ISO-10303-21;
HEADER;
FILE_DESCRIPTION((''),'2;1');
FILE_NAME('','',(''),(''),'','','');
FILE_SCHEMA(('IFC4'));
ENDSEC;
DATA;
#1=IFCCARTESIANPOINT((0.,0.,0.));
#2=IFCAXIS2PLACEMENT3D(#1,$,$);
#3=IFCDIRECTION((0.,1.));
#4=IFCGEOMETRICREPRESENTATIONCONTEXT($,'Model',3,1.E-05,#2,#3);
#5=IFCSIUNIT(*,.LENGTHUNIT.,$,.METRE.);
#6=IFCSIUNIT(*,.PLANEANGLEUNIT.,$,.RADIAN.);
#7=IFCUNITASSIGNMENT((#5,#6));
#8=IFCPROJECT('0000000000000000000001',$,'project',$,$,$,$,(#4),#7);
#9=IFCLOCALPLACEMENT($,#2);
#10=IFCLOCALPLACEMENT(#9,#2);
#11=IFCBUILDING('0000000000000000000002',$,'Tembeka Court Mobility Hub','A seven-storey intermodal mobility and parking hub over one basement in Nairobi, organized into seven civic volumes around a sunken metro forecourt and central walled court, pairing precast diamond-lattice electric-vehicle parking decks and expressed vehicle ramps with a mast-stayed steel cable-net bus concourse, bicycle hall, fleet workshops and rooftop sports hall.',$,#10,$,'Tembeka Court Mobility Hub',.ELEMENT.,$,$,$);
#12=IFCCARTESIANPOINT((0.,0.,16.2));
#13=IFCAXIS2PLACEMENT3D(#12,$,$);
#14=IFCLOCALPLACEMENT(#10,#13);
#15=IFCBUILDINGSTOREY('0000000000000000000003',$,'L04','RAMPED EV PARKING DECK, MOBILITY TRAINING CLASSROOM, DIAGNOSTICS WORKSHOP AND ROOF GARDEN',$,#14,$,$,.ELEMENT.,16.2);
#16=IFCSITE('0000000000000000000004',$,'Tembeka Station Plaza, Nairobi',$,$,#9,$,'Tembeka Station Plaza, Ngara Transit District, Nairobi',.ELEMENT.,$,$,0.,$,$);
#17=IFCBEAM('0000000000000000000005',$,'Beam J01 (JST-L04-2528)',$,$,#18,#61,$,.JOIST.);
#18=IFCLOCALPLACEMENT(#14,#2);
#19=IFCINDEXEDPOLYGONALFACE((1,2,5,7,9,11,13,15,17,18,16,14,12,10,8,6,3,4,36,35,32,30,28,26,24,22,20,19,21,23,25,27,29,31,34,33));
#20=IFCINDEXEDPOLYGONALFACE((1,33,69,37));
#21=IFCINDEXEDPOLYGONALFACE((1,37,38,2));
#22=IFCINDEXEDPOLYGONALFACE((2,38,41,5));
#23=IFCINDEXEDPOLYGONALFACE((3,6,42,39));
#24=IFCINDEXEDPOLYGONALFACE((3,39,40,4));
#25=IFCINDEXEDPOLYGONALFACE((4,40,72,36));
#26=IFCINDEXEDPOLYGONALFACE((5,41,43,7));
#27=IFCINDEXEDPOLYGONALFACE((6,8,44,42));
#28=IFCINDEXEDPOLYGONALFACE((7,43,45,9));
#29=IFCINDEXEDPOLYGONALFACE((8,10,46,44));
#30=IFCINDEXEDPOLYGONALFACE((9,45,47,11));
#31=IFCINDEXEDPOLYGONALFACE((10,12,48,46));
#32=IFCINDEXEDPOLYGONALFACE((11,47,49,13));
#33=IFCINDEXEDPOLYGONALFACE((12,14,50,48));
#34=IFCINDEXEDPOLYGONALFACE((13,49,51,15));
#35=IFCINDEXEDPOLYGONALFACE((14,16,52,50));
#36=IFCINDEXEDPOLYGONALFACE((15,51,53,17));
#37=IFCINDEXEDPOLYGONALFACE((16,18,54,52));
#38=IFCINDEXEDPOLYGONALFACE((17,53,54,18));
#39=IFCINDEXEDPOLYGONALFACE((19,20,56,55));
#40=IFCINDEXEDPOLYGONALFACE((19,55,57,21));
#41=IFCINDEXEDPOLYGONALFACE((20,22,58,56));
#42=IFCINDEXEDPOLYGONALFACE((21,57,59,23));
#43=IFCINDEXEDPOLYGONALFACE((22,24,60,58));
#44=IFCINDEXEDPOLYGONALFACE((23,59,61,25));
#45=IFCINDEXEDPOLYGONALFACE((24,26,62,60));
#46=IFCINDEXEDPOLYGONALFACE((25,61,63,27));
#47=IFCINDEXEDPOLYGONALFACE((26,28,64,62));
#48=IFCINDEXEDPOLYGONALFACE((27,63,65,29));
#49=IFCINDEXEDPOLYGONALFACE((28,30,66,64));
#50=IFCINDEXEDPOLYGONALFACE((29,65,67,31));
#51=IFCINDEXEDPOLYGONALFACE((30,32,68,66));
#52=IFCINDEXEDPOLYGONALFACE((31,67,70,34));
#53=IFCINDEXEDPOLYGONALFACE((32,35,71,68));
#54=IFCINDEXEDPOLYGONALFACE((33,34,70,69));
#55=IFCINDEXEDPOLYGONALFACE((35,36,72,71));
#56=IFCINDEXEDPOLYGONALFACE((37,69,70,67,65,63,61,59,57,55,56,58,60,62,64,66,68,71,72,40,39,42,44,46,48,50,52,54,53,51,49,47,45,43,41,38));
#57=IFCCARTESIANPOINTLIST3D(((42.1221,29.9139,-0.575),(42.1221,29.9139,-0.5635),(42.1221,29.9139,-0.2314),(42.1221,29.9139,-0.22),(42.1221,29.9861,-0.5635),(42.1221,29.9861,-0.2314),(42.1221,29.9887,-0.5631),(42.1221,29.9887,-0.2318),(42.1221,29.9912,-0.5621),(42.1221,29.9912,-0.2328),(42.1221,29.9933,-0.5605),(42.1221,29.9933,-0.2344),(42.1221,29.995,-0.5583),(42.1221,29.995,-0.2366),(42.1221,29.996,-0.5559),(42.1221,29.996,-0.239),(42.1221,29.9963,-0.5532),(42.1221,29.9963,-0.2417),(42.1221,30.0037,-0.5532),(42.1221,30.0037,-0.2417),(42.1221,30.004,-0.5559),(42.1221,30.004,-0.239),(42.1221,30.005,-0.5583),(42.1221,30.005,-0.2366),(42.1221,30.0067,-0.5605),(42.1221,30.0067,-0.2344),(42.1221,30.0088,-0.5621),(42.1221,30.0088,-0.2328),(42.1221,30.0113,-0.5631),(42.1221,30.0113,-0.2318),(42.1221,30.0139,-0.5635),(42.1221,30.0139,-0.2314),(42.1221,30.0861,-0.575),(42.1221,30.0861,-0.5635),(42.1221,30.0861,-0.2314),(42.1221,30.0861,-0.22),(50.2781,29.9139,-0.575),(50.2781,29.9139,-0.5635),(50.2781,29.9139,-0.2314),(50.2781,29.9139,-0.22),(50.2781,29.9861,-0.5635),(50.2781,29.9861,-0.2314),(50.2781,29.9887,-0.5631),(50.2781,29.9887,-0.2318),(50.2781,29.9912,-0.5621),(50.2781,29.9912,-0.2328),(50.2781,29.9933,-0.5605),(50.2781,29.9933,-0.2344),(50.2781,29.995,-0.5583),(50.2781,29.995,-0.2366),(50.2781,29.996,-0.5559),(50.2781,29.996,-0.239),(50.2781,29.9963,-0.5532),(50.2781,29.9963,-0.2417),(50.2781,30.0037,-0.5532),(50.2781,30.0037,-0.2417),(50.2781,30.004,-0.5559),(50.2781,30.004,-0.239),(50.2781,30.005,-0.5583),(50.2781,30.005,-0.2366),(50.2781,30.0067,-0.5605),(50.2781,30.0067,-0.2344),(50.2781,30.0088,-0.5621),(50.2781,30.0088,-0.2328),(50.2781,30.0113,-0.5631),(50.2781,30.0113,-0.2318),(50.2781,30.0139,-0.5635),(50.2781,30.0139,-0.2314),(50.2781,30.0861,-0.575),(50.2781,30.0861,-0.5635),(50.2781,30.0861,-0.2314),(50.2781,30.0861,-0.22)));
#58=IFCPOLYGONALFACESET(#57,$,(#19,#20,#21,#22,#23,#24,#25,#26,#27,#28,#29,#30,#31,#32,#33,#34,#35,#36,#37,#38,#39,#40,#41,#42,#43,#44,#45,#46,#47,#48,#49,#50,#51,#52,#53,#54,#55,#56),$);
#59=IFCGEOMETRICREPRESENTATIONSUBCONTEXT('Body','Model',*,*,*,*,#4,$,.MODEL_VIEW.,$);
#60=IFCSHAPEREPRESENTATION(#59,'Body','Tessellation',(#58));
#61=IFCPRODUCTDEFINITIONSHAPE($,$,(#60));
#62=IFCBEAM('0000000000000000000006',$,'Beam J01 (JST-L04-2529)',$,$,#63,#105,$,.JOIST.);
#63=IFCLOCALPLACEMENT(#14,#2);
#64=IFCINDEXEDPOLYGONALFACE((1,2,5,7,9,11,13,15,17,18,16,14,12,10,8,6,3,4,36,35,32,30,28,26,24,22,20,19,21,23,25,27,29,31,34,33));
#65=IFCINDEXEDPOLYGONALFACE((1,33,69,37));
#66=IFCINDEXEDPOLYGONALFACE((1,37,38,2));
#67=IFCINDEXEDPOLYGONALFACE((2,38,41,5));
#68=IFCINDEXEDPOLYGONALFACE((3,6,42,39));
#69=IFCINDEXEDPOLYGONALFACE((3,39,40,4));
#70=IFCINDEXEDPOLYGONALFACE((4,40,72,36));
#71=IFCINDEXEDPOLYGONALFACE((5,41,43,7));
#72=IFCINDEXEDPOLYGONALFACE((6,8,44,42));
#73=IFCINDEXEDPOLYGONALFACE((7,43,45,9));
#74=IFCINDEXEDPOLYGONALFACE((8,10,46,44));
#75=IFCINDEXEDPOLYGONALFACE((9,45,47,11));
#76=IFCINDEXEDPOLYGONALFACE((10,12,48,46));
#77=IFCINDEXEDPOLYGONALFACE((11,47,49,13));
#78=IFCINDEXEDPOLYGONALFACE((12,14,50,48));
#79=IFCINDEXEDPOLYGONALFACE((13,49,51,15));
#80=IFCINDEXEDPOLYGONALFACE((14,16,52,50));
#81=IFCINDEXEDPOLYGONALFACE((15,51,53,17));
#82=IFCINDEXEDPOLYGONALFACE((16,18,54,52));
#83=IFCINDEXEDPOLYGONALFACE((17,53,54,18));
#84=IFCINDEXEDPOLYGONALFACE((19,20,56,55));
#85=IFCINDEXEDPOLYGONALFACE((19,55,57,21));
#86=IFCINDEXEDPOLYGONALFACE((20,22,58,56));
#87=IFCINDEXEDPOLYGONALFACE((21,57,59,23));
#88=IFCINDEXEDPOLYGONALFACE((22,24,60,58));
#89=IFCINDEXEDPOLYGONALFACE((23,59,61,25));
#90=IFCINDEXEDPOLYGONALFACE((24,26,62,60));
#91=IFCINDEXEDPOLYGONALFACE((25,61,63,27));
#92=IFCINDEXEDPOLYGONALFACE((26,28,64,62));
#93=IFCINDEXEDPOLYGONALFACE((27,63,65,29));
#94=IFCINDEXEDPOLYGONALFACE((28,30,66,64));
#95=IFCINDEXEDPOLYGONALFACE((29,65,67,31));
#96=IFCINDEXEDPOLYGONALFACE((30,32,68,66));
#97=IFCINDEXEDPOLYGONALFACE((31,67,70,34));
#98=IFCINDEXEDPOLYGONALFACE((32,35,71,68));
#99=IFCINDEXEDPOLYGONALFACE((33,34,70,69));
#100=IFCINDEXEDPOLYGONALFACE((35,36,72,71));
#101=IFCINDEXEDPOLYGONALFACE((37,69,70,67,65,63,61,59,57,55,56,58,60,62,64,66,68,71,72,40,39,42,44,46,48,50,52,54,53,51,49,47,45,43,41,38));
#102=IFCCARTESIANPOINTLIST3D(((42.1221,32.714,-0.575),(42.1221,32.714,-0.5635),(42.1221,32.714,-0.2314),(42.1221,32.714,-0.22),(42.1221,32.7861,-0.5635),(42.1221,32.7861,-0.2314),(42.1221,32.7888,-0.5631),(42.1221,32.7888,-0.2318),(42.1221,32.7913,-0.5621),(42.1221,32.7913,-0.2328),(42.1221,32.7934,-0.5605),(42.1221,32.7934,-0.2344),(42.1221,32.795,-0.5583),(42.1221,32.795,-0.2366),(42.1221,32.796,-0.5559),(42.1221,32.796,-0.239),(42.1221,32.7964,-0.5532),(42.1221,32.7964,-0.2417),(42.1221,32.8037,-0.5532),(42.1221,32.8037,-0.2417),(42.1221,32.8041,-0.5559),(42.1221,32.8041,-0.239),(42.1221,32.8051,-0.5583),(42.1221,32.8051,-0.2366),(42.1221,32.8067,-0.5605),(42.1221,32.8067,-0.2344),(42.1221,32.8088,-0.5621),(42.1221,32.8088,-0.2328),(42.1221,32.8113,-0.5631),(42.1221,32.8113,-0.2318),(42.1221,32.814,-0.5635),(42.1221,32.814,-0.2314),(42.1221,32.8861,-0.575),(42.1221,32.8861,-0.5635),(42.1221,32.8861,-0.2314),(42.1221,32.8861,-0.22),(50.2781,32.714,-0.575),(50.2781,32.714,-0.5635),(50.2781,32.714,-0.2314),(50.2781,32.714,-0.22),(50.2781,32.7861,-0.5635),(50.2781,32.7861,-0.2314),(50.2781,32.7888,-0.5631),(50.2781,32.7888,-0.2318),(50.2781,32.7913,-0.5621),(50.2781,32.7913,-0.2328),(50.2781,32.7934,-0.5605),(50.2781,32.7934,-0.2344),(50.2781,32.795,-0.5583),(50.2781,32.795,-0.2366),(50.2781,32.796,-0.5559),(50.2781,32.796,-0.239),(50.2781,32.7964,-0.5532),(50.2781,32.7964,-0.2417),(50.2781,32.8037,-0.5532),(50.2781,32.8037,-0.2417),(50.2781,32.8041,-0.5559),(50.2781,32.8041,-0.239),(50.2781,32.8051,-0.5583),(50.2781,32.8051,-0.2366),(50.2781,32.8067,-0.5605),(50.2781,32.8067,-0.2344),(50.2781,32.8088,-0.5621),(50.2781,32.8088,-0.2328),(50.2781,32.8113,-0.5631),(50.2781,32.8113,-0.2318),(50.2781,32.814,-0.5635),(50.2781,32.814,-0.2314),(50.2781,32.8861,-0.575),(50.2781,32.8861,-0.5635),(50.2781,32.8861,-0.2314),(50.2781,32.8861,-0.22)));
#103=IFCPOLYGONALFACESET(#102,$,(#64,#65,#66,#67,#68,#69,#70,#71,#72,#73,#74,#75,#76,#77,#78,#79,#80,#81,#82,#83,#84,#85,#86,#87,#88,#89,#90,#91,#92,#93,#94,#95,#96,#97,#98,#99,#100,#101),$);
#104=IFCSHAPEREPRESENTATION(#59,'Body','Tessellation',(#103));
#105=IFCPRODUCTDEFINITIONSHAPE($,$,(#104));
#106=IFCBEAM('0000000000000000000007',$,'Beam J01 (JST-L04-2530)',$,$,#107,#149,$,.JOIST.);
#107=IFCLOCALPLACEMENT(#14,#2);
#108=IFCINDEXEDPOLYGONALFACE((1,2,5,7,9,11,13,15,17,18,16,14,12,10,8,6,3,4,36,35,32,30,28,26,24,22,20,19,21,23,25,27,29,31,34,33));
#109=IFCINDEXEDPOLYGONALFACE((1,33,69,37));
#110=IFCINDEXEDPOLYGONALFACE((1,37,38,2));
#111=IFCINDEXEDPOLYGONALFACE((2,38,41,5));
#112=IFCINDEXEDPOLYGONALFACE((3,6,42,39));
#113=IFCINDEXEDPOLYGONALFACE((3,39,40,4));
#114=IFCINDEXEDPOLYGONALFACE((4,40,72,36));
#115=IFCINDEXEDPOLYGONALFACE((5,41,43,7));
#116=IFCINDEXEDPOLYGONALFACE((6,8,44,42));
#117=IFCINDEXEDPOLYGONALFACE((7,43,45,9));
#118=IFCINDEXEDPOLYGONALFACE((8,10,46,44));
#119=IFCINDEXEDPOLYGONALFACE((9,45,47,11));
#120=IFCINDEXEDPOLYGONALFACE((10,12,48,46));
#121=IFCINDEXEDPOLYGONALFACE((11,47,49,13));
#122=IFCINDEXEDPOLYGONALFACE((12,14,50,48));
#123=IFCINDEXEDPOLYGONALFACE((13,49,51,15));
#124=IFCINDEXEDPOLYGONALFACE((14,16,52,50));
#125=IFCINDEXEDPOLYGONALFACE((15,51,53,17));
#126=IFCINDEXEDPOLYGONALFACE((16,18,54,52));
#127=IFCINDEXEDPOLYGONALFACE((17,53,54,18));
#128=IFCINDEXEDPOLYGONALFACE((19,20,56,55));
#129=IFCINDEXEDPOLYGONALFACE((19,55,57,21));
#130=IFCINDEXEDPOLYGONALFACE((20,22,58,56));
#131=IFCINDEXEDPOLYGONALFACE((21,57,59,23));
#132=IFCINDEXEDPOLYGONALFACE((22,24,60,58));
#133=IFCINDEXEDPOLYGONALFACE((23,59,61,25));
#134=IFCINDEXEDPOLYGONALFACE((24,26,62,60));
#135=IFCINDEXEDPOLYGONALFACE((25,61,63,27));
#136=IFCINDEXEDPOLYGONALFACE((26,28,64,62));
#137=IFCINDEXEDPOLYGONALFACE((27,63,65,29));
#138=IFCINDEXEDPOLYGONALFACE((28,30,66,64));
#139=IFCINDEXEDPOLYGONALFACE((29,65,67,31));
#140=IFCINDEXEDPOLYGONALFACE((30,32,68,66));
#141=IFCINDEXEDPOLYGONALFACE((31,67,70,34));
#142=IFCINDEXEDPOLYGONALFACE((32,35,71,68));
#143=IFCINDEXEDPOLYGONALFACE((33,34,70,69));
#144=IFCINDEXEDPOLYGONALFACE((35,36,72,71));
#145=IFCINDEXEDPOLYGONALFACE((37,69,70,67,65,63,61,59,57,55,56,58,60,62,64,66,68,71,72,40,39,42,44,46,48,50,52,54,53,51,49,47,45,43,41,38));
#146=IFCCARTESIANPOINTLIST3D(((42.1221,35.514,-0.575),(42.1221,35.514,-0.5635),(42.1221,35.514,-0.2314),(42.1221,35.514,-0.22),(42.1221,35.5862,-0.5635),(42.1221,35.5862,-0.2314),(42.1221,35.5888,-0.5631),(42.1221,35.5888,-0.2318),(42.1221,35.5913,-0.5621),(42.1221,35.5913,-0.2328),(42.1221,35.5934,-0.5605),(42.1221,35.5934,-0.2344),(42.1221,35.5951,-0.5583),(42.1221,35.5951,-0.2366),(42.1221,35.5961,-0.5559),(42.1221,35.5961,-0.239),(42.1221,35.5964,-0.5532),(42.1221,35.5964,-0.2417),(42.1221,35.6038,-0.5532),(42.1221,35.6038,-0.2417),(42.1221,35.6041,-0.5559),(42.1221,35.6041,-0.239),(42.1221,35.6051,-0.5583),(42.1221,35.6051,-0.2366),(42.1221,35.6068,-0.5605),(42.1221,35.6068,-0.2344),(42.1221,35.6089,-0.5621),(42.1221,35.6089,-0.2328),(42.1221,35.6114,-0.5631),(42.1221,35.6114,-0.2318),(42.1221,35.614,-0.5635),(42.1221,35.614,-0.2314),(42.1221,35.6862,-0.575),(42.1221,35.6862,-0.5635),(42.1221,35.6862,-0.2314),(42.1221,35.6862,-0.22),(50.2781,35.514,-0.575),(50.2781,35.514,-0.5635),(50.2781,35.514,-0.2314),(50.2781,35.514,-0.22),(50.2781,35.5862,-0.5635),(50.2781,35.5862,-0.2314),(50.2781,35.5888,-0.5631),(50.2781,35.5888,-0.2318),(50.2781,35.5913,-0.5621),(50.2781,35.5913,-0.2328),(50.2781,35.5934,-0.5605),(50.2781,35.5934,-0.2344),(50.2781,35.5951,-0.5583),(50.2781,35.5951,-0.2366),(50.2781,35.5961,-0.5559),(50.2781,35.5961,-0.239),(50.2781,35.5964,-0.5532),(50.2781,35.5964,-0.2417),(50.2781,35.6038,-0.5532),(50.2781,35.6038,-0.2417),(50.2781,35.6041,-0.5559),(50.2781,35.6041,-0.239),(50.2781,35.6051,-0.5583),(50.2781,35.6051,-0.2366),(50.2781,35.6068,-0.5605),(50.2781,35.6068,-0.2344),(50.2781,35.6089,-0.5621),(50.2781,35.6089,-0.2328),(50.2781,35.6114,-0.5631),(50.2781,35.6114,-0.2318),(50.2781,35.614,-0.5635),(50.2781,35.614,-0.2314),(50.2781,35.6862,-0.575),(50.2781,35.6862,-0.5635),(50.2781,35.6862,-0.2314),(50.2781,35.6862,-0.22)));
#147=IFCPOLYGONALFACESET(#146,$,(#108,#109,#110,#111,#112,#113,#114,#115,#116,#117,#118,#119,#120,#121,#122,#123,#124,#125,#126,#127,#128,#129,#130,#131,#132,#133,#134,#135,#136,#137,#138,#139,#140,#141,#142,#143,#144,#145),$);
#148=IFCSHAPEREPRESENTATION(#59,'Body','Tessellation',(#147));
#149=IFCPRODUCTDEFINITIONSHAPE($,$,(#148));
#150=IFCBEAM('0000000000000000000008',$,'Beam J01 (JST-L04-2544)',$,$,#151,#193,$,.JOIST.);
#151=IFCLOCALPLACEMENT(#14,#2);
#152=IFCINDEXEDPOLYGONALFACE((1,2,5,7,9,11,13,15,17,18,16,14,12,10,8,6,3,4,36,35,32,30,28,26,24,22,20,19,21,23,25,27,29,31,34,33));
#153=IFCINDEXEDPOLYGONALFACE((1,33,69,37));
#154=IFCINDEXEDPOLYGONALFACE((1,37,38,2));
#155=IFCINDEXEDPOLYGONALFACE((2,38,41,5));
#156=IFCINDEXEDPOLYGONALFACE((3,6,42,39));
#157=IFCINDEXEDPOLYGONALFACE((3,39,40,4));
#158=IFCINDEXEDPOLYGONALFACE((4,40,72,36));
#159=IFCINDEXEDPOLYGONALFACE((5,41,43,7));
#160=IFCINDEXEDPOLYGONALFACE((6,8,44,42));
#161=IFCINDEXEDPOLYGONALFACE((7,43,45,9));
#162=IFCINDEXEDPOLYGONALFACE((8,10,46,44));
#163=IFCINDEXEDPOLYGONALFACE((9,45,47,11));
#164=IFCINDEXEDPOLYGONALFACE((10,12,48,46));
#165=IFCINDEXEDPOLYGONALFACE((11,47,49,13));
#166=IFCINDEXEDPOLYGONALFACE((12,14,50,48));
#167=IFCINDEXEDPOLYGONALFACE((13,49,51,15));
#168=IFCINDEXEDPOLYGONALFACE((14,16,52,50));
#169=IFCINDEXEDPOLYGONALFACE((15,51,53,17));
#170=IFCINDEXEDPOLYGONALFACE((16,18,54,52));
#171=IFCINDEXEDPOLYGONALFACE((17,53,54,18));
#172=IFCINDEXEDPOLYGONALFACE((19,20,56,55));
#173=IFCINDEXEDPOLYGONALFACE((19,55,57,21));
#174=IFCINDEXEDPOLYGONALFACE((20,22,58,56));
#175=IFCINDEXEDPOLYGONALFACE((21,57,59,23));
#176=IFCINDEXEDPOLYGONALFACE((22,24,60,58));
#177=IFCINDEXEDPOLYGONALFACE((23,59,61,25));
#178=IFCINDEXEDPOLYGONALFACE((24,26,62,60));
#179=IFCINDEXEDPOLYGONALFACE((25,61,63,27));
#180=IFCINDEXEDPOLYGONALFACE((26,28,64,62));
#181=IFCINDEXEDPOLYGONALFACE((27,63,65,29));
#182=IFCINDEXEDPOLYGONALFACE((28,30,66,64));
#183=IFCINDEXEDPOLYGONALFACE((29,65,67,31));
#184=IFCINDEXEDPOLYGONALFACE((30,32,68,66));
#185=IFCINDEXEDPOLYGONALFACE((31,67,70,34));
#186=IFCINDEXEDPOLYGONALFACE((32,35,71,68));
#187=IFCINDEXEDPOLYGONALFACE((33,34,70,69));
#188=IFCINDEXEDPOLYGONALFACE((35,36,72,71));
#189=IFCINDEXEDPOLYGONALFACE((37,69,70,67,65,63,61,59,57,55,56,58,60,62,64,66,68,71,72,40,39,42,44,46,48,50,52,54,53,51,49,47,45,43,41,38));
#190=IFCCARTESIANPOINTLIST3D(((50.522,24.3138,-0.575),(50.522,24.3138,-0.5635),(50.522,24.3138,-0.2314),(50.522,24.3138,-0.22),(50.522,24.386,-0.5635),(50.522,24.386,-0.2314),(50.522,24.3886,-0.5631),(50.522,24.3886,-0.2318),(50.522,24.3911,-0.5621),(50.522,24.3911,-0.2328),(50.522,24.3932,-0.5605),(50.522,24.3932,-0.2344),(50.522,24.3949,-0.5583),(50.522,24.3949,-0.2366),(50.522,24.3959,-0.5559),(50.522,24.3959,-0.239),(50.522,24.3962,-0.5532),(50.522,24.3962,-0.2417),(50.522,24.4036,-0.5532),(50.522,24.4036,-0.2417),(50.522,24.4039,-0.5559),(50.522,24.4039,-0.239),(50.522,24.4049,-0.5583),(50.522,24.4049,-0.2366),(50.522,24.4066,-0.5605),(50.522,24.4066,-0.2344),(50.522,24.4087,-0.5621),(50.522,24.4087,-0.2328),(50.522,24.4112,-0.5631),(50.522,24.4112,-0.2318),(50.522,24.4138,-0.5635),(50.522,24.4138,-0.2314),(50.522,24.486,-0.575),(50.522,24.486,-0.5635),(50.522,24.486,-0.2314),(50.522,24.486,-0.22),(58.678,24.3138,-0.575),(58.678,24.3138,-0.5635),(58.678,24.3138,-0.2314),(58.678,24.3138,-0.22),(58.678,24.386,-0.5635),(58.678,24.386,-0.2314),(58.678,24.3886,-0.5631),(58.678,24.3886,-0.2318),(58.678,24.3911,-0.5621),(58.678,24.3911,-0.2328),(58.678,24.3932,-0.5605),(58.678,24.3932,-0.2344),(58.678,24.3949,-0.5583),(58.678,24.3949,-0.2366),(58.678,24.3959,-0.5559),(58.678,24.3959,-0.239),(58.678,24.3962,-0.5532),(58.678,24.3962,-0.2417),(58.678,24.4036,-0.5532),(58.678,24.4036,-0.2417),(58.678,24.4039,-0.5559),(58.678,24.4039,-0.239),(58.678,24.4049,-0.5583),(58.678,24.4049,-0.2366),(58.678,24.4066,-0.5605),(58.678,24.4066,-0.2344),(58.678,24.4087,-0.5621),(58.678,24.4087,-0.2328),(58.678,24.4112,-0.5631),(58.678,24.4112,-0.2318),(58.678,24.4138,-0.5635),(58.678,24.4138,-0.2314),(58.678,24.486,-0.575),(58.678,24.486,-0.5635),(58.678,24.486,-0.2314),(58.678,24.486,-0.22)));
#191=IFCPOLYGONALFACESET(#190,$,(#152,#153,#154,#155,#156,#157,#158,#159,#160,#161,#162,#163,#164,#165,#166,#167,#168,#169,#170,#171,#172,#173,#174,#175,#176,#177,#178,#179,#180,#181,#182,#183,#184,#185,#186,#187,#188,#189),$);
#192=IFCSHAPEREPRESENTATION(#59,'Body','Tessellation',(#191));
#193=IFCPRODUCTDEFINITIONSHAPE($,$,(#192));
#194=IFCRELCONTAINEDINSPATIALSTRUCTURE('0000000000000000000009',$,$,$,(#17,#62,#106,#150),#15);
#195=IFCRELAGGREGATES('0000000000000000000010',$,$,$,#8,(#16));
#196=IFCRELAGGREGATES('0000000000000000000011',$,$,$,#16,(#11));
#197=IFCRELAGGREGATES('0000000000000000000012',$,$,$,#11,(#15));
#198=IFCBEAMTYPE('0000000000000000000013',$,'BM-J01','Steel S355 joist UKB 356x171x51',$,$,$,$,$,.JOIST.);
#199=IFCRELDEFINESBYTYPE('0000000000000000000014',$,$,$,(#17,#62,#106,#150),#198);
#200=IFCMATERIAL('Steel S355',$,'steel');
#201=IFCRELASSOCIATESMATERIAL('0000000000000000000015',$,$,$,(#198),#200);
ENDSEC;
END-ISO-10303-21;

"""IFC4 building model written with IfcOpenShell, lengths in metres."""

from ifc_helpers import new_model, si_unit, direction, frame, origin, origin_2d, place, context, subcontext, project, spatial, i_section, extrude, material, material_profile, profile_set, type_object, element, save


model = new_model("IFC4")

# Units and contexts
model_context = context("Model", 3, precision=1e-05, world=origin(), true_north=direction((0.0, 1.0)))
body_context = subcontext(model_context, "Body", "Model", "MODEL_VIEW")
ifc_project = project(units=[si_unit("LENGTHUNIT", "METRE"), si_unit("PLANEANGLEUNIT", "RADIAN")], contexts=[model_context])

# Site, building, storey
site_placement = place(None, origin())
site = spatial("IfcSite", under=ifc_project, at=site_placement, Name="Tembeka Station Plaza, Nairobi", LongName="Tembeka Station Plaza, Ngara Transit District, Nairobi", CompositionType="ELEMENT", RefElevation=0.0)
building_placement = place(site_placement, origin())
building = spatial("IfcBuilding", under=site, at=building_placement, Name="Tembeka Court Mobility Hub", Description="A seven-storey intermodal mobility and parking hub over one basement in Nairobi, organized into seven civic volumes around a sunken metro forecourt and central walled court, pairing precast diamond-lattice electric-vehicle parking decks and expressed vehicle ramps with a mast-stayed steel cable-net bus concourse, bicycle hall, fleet workshops and rooftop sports hall.", LongName="Tembeka Court Mobility Hub", CompositionType="ELEMENT")
storey_placement = place(building_placement, frame((0.0, 0.0, 16.2)))
storey = spatial("IfcBuildingStorey", under=building, at=storey_placement, Name="L04", Description="RAMPED EV PARKING DECK, MOBILITY TRAINING CLASSROOM, DIAGNOSTICS WORKSHOP AND ROOF GARDEN", CompositionType="ELEMENT", Elevation=16.2)

# Shared definitions
ifc_material_1 = material(Name="Steel S355", Category="steel")

# Beams
ifc_material_profile_1 = material_profile(ifc_material_1, i_section(OverallWidth=0.1721, OverallDepth=0.355, WebThickness=0.0073, FlangeThickness=0.0115, FilletRadius=0.0103, at=origin_2d()), Name="UKB 356x171x51")
ifc_profile_set_1 = profile_set([ifc_material_profile_1], Name="Steel S355")
beam_type_1 = type_object("IfcBeamType", Name="BM-J01", Description="Steel S355 joist UKB 356x171x51", PredefinedType="JOIST", material=ifc_profile_set_1)
for number, where, z_axis, x_axis, name in (
    (1, (42.1221, 30.0, -0.3975), (1.0, 0.0, 0.0), (0.0, 1.0, 0.0), "Beam J01 (JST-L04-2528)"),
    (2, (42.1221, 32.8, -0.3975), (1.0, 0.0, 0.0), (0.0, 1.0, 0.0), "Beam J01 (JST-L04-2529)"),
    (3, (42.1221, 35.6001, -0.3975), (1.0, 0.0, 0.0), (0.0, 1.0, 0.0), "Beam J01 (JST-L04-2530)"),
    (4, (50.522, 24.3999, -0.3975), (1.0, 0.0, 0.0), (0.0, 1.0, 0.0), "Beam J01 (JST-L04-2544)"),
):
    element("IfcBeam", number, at=place(storey_placement, frame(where, z_axis=z_axis, x_axis=x_axis)), inside=storey, type_object=beam_type_1, Name=name, PredefinedType="JOIST", context=body_context, shape_type="SweptSolid", body=[
        extrude(i_section(OverallWidth=0.1721, OverallDepth=0.355, WebThickness=0.0073, FlangeThickness=0.0115, FilletRadius=0.0103, at=origin_2d()), origin(), (0.0, 0.0, 1.0), 8.156),
    ])

save(model, "model.ifc")
